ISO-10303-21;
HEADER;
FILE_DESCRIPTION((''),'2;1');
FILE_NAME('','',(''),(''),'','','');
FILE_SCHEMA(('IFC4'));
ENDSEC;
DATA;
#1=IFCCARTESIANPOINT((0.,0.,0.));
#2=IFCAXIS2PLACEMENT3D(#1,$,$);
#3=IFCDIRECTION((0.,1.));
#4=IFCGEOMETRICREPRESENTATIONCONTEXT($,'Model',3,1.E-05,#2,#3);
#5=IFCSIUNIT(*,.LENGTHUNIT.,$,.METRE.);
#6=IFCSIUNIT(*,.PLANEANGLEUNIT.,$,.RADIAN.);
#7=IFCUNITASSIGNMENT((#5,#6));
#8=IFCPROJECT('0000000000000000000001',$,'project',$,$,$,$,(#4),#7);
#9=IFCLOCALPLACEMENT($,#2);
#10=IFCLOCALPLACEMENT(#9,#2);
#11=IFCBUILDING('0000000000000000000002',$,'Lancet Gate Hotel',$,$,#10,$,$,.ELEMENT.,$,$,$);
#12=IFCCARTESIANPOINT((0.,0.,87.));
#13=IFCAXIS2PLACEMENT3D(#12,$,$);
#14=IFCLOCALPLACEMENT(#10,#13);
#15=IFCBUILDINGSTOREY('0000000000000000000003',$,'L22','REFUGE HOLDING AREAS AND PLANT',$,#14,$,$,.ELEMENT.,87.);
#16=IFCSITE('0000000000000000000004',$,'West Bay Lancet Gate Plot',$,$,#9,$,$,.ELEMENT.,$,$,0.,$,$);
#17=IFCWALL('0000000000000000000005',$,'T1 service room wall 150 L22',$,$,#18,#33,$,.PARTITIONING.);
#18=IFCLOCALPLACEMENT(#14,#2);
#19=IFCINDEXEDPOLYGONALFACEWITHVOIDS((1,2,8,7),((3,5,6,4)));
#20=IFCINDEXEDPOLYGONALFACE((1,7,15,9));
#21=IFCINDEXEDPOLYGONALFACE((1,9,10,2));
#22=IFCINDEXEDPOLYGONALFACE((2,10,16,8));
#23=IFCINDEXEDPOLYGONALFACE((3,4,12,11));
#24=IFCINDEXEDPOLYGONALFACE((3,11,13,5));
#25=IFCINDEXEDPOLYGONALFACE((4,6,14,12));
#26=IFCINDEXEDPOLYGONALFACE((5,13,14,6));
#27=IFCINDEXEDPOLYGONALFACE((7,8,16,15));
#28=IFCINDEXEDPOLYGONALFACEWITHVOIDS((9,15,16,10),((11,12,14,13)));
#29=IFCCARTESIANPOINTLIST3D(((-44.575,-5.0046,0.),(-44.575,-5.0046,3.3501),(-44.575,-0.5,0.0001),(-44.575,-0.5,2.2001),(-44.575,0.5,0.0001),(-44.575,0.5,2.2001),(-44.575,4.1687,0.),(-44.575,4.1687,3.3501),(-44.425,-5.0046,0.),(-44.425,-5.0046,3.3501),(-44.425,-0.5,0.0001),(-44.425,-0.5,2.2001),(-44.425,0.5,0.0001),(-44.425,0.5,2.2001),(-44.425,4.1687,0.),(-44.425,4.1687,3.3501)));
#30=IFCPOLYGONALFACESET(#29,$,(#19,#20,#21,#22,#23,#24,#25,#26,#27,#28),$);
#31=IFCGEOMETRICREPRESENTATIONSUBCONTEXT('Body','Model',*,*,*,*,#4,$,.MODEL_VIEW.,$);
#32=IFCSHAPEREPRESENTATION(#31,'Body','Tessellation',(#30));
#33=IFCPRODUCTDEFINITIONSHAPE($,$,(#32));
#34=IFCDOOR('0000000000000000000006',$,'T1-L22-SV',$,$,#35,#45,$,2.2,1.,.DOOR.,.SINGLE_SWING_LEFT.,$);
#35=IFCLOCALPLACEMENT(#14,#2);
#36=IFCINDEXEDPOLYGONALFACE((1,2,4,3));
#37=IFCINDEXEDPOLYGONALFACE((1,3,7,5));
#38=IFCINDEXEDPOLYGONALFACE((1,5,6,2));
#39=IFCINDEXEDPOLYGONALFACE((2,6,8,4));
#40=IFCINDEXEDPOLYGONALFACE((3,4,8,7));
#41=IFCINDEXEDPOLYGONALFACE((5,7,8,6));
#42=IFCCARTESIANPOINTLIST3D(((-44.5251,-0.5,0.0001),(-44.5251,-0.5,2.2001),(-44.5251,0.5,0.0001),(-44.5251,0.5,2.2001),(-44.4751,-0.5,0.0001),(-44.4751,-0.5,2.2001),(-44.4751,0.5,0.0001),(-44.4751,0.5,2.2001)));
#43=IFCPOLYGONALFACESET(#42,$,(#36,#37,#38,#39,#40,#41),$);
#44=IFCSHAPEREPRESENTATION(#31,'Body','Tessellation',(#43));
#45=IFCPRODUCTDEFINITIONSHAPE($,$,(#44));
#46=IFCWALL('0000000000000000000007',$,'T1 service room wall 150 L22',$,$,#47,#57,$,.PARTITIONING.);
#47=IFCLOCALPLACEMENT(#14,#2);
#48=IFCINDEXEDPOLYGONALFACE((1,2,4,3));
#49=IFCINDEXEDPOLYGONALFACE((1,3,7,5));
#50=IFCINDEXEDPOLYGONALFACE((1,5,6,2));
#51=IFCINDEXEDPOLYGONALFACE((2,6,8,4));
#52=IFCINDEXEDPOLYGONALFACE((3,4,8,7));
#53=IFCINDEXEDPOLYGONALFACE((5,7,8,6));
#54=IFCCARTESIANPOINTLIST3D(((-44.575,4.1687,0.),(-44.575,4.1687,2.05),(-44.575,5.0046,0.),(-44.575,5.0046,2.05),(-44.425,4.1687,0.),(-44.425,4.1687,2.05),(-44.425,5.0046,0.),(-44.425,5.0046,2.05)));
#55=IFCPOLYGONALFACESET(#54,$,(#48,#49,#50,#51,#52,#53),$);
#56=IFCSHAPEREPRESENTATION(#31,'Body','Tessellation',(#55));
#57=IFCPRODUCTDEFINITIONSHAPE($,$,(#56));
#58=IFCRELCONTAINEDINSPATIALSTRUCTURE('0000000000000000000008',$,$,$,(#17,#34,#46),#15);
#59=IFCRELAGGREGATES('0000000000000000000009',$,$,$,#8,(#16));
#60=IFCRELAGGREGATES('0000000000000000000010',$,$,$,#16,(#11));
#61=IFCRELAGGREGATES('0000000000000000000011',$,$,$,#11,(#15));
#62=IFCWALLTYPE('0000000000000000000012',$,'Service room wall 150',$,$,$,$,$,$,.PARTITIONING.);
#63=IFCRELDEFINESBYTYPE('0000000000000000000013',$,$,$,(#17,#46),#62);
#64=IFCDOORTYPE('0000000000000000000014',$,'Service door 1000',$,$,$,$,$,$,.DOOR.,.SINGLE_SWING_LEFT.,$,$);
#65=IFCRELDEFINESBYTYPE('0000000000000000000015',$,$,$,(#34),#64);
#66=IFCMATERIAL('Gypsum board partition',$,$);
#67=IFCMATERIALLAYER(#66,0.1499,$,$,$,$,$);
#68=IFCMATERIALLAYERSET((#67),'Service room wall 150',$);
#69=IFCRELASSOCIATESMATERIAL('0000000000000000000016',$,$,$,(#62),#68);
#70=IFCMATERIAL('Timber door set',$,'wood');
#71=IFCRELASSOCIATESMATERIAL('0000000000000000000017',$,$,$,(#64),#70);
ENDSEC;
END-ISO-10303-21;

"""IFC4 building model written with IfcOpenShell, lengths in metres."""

from ifc_helpers import new_model, si_unit, direction, frame, frame_2d, origin, place, context, subcontext, project, spatial, rectangle, extrude, material, layer, layer_set, type_object, element, fill, save


model = new_model("IFC4")

# Units and contexts
model_context = context("Model", 3, precision=1e-05, world=origin(), true_north=direction((0.0, 1.0)))
body_context = subcontext(model_context, "Body", "Model", "MODEL_VIEW")
ifc_project = project(units=[si_unit("LENGTHUNIT", "METRE"), si_unit("PLANEANGLEUNIT", "RADIAN")], contexts=[model_context])

# Site, building, storey
site_placement = place(None, origin())
site = spatial("IfcSite", under=ifc_project, at=site_placement, Name="West Bay Lancet Gate Plot", CompositionType="ELEMENT", RefElevation=0.0)
building_placement = place(site_placement, origin())
building = spatial("IfcBuilding", under=site, at=building_placement, Name="Lancet Gate Hotel", CompositionType="ELEMENT")
storey_placement = place(building_placement, frame((0.0, 0.0, 87.0)))
storey = spatial("IfcBuildingStorey", under=building, at=storey_placement, Name="L22", Description="REFUGE HOLDING AREAS AND PLANT", CompositionType="ELEMENT", Elevation=87.0)

# Shared definitions
ifc_material_1 = material(Name="Gypsum board partition")
ifc_layer_1 = layer(ifc_material_1, 0.1499)
ifc_layer_set_1 = layer_set([ifc_layer_1], Name="Service room wall 150")
wall_type_1 = type_object("IfcWallType", Name="Service room wall 150", PredefinedType="PARTITIONING", material=ifc_layer_set_1)

# Wall, opening, door
wall_1_placement = place(storey_placement, frame((-44.5, 4.1687, 0.0), z_axis=(0.0, 0.0, 1.0), x_axis=(0.0, -1.0, 0.0)))
wall_1 = element("IfcWall", 1, at=wall_1_placement, inside=storey, type_object=wall_type_1, Name="T1 service room wall 150 L22", PredefinedType="PARTITIONING", context=body_context, shape_type="SweptSolid", body=[
    extrude(rectangle(XDim=9.1733, YDim=0.1499, at=frame_2d((4.5867, 0.0))), origin(), (0.0, 0.0, 1.0), 3.3501),
])
opening_1_placement = place(wall_1_placement, frame((3.6687, 0.0, 0.0)))
opening_1 = element("IfcOpeningElement", 2, at=opening_1_placement, cuts=wall_1, PredefinedType="OPENING", context=body_context, shape_type="SweptSolid", body=[
    extrude(rectangle(XDim=1.0, YDim=2.2, at=frame_2d((0.5, 1.1001))), frame((0.0, 0.085, 0.0), z_axis=(0.0, -1.0, 0.0), x_axis=(1.0, 0.0, 0.0)), (0.0, 0.0, 1.0), 0.1699),
])
ifc_material_2 = material(Name="Timber door set", Category="wood")
door_type_1 = type_object("IfcDoorType", Name="Service door 1000", OperationType="SINGLE_SWING_LEFT", PredefinedType="DOOR", material=ifc_material_2)
door_1_placement = place(opening_1_placement, origin())
door_1 = element("IfcDoor", 3, at=door_1_placement, inside=storey, type_object=door_type_1, Name="T1-L22-SV", OperationType="SINGLE_SWING_LEFT", OverallHeight=2.2, OverallWidth=1.0, PredefinedType="DOOR", context=body_context, shape_type="SweptSolid", body=[
    extrude(rectangle(XDim=1.0, YDim=2.2, at=frame_2d((0.5, 1.1001))), frame((0.0, 0.0249, 0.0), z_axis=(0.0, -1.0, 0.0), x_axis=(1.0, 0.0, 0.0)), (0.0, 0.0, 1.0), 0.05),
])
fill(opening_1, door_1)

# Wall
wall_2_placement = place(storey_placement, frame((-44.5, 5.0046, 0.0), z_axis=(0.0, 0.0, 1.0), x_axis=(0.0, -1.0, 0.0)))
element("IfcWall", 4, at=wall_2_placement, inside=storey, type_object=wall_type_1, Name="T1 service room wall 150 L22", PredefinedType="PARTITIONING", context=body_context, shape_type="SweptSolid", body=[
    extrude(rectangle(XDim=0.8359, YDim=0.1499, at=frame_2d((0.418, 0.0))), origin(), (0.0, 0.0, 1.0), 2.05),
])

save(model, "model.ifc")
